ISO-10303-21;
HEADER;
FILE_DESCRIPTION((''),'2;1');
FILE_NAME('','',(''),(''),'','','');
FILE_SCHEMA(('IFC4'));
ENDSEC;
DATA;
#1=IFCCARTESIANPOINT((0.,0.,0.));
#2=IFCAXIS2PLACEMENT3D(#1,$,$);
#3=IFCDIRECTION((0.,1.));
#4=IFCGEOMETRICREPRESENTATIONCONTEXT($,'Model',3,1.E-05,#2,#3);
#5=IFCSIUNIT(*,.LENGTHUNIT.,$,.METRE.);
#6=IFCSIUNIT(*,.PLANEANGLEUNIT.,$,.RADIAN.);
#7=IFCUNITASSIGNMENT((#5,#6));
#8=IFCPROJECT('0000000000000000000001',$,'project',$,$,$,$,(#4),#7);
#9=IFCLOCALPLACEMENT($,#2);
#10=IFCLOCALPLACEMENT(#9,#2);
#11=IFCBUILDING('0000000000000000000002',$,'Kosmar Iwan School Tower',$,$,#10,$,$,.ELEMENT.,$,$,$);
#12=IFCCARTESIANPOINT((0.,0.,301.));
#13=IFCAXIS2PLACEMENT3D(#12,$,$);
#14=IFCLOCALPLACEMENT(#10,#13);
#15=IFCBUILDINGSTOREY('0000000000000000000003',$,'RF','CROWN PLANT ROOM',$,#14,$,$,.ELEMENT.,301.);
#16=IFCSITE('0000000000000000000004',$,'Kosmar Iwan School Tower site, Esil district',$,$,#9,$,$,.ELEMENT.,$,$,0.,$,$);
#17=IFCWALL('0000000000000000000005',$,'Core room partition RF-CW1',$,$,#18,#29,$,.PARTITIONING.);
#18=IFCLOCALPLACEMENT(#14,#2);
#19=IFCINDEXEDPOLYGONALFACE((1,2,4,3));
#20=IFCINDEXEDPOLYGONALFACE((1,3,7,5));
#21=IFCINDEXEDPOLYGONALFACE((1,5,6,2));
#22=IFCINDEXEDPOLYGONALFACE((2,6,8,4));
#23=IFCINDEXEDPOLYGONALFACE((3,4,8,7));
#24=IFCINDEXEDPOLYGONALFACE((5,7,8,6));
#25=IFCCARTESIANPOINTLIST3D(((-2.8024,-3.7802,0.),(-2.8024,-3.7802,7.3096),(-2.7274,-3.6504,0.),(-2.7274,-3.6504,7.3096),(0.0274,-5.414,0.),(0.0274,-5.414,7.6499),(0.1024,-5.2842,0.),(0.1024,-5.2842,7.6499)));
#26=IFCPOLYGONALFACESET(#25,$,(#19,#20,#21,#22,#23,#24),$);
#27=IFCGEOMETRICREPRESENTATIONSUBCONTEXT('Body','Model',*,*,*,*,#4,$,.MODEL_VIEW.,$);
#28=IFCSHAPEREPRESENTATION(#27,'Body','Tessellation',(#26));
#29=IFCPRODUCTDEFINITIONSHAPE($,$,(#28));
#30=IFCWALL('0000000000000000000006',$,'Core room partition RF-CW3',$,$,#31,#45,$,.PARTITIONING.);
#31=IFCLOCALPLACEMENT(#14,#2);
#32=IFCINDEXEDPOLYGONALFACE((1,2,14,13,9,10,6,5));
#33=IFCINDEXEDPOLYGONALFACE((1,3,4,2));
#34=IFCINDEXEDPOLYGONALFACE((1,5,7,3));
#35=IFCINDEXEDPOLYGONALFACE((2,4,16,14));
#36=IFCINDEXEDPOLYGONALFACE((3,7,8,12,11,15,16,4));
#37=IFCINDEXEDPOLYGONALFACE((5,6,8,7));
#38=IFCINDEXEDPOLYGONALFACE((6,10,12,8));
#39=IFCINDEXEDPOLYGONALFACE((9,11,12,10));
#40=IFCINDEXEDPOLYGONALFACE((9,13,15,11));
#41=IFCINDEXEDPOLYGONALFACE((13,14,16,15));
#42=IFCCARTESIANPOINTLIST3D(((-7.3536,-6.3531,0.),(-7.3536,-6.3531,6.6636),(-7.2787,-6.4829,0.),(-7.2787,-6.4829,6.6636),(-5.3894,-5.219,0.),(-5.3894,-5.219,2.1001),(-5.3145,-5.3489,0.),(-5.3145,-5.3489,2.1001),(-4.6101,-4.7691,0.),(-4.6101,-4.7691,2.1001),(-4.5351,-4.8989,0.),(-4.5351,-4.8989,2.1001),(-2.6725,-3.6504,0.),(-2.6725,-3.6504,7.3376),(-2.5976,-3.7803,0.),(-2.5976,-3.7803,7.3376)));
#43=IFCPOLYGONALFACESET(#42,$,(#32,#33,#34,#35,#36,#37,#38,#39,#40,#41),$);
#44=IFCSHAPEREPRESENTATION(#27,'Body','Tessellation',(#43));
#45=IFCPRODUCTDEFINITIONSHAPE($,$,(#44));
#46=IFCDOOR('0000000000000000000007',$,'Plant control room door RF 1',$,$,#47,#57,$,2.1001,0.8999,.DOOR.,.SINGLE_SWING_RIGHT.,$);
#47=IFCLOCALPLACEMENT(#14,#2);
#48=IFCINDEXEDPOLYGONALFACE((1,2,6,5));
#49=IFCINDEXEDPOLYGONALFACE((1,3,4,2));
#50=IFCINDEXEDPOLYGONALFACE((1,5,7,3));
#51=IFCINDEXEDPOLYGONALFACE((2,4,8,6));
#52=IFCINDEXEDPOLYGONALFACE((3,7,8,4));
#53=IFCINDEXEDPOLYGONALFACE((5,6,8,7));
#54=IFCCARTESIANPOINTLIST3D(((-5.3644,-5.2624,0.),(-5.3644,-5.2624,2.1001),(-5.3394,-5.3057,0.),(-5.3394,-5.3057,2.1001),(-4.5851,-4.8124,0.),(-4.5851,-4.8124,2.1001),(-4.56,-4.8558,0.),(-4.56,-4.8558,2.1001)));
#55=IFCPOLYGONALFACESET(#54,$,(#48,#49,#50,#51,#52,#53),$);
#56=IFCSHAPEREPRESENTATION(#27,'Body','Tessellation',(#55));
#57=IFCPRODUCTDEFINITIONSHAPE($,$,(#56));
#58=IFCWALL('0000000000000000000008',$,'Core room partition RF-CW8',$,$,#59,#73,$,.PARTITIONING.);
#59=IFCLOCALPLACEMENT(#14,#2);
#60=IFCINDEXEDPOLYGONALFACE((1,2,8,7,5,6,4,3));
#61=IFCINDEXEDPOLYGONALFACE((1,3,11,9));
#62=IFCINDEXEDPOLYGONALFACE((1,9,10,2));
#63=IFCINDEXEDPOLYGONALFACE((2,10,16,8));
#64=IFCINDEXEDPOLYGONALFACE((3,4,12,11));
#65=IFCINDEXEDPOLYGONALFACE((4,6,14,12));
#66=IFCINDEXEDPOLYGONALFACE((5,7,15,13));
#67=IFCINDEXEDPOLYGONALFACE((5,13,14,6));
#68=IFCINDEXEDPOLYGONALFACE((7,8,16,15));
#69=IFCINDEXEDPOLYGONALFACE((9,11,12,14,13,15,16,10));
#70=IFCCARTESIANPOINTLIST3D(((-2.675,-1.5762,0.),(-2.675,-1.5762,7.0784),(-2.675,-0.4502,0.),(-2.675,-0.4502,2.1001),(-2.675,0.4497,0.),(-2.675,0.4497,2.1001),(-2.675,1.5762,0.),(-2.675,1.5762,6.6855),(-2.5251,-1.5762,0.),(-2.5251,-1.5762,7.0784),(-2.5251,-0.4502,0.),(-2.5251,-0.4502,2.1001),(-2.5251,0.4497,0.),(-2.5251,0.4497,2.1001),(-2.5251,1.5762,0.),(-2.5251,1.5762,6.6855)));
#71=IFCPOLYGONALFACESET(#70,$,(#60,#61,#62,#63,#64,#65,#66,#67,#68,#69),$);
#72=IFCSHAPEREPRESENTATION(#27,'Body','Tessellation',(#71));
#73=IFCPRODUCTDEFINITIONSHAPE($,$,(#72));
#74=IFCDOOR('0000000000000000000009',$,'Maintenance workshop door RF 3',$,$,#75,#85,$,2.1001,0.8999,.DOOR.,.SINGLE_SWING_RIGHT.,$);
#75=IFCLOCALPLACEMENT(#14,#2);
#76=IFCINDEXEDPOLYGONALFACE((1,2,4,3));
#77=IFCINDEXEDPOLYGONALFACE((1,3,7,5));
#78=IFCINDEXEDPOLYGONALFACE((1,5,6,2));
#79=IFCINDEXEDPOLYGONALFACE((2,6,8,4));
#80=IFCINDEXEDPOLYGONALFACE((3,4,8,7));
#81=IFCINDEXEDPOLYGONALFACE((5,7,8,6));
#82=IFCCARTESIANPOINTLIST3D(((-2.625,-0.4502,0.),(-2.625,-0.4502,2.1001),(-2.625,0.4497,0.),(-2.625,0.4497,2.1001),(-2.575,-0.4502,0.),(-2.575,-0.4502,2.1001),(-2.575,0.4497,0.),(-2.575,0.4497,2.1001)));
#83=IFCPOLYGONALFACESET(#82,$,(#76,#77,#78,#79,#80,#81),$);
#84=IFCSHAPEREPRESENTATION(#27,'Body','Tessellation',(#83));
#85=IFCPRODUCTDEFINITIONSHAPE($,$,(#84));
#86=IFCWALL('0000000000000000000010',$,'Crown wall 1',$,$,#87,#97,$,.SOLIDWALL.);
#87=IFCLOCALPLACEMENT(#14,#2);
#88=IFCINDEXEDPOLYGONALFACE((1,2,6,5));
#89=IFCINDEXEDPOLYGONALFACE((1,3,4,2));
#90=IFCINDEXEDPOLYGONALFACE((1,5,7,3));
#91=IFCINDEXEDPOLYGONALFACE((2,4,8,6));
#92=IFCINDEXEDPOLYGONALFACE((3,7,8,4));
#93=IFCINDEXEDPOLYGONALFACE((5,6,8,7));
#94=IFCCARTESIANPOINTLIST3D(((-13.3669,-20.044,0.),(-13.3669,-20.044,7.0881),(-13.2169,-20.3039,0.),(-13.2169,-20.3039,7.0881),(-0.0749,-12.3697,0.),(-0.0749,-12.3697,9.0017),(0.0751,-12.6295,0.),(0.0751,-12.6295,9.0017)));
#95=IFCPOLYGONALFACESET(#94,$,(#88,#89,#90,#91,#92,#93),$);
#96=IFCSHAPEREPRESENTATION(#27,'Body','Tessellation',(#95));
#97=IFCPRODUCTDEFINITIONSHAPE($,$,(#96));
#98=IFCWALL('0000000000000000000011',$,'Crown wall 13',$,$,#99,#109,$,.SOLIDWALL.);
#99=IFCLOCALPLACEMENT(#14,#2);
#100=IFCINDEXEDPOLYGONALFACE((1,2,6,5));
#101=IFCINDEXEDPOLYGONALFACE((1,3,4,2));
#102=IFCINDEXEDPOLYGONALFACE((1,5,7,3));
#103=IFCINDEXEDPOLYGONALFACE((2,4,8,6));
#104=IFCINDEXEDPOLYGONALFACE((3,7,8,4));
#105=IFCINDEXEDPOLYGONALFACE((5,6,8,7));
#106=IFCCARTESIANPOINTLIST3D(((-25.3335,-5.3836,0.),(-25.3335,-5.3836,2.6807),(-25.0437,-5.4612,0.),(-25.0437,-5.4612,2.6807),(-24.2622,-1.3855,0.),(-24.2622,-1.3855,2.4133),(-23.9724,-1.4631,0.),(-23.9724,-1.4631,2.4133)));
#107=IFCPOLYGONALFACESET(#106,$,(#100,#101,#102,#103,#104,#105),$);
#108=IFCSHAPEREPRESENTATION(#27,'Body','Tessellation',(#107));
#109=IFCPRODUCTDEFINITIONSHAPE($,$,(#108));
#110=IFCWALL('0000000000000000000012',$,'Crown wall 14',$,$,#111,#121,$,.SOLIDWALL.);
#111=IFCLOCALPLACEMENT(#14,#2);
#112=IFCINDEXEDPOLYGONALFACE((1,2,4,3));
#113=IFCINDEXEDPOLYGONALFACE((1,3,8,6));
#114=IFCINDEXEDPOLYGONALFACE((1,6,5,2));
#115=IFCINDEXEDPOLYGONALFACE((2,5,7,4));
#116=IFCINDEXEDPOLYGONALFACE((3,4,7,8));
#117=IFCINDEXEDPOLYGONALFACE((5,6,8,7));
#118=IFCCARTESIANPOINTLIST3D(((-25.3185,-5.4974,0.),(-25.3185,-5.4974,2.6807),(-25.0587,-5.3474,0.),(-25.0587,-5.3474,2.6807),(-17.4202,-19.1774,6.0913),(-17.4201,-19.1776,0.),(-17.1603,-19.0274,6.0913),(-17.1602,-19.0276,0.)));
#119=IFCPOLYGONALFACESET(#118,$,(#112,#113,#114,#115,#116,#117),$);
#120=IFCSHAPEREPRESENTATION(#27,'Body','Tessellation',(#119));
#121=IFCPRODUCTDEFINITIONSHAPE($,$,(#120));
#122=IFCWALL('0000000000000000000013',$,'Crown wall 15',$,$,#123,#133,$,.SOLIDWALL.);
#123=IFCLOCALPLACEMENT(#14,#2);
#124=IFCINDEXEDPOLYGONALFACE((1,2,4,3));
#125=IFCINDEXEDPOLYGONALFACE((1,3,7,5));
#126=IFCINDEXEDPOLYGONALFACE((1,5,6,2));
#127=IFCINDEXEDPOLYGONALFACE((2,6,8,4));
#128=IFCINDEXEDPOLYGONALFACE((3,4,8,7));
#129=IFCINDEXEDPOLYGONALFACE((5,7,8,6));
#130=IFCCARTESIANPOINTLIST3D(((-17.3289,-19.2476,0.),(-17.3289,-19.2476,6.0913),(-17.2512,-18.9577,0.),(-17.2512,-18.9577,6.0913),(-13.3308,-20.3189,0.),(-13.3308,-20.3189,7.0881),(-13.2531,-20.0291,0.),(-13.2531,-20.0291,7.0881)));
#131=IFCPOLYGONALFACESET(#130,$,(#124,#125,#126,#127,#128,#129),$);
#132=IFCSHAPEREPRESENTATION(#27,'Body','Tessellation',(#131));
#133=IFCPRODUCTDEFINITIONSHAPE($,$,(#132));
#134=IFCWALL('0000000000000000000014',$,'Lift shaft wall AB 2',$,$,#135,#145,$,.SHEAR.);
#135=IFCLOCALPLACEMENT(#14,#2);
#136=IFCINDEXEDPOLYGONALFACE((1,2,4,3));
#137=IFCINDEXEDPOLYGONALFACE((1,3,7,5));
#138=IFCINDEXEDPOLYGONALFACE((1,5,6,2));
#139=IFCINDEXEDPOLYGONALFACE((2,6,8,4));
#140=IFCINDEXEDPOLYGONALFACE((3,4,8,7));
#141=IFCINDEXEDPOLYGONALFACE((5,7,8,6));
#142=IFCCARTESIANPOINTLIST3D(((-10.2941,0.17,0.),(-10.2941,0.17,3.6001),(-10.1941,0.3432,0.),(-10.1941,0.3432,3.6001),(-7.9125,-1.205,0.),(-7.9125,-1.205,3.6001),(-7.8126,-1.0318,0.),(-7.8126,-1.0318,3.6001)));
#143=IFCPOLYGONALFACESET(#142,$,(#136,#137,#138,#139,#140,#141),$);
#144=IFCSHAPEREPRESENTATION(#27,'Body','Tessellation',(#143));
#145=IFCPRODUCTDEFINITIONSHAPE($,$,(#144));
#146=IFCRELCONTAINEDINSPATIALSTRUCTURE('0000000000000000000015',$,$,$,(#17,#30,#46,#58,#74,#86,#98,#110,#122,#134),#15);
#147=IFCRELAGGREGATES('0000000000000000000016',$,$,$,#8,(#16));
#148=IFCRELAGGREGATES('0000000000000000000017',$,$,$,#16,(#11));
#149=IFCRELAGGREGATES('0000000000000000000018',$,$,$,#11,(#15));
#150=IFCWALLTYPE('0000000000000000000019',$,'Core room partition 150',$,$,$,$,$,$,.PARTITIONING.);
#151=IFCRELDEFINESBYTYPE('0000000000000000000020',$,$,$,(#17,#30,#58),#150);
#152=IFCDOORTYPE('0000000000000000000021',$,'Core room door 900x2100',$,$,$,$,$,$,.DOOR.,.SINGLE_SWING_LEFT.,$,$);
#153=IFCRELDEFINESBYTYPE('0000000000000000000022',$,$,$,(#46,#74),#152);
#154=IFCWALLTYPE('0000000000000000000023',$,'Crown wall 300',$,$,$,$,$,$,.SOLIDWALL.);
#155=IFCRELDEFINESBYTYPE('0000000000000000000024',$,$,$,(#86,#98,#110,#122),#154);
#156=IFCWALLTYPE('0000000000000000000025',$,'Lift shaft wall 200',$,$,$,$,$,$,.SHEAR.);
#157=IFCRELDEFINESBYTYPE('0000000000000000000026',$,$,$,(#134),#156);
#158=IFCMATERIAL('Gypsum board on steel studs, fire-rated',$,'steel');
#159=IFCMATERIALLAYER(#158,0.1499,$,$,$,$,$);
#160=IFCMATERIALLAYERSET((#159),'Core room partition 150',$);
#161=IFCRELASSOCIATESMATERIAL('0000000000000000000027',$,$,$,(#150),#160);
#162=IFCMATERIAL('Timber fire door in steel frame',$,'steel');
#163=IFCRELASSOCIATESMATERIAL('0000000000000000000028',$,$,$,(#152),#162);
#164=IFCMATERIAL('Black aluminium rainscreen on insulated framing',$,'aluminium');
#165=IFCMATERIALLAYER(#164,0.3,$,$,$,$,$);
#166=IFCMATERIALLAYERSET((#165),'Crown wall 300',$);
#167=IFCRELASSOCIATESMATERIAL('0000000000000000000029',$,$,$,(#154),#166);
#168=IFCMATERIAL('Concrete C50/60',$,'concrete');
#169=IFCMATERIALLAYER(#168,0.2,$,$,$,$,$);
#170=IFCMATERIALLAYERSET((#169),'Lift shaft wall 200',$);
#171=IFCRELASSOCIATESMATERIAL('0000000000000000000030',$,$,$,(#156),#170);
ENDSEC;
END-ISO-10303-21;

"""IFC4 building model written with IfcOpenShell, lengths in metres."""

from ifc_helpers import new_model, si_unit, direction, frame, frame_2d, origin, place, context, subcontext, project, spatial, polyline, rectangle, outline, extrude, material, layer, layer_set, type_object, element, fill, save


model = new_model("IFC4")

# Units and contexts
model_context = context("Model", 3, precision=1e-05, world=origin(), true_north=direction((0.0, 1.0)))
body_context = subcontext(model_context, "Body", "Model", "MODEL_VIEW")
ifc_project = project(units=[si_unit("LENGTHUNIT", "METRE"), si_unit("PLANEANGLEUNIT", "RADIAN")], contexts=[model_context])

# Site, building, storey
site_placement = place(None, origin())
site = spatial("IfcSite", under=ifc_project, at=site_placement, Name="Kosmar Iwan School Tower site, Esil district", CompositionType="ELEMENT", RefElevation=0.0)
building_placement = place(site_placement, origin())
building = spatial("IfcBuilding", under=site, at=building_placement, Name="Kosmar Iwan School Tower", CompositionType="ELEMENT")
storey_placement = place(building_placement, frame((0.0, 0.0, 301.0)))
storey = spatial("IfcBuildingStorey", under=building, at=storey_placement, Name="RF", Description="CROWN PLANT ROOM", CompositionType="ELEMENT", Elevation=301.0)

# Shared definitions
ifc_material_1 = material(Name="Gypsum board on steel studs, fire-rated", Category="steel")
ifc_layer_1 = layer(ifc_material_1, 0.1499)
ifc_layer_set_1 = layer_set([ifc_layer_1], Name="Core room partition 150")
wall_type_1 = type_object("IfcWallType", Name="Core room partition 150", PredefinedType="PARTITIONING", material=ifc_layer_set_1)

# Wall
wall_1_placement = place(storey_placement, frame((-2.7649, -3.7153, 0.0), z_axis=(0.0, 0.0, 1.0), x_axis=(0.866028, -0.499996, 0.0)))
element("IfcWall", 1, at=wall_1_placement, inside=storey, type_object=wall_type_1, Name="Core room partition RF-CW1", PredefinedType="PARTITIONING", context=body_context, shape_type="SweptSolid", body=[
    extrude(outline(polyline([(0.0, 0.0), (3.2676, 0.0), (3.2676, 7.6499), (0.0, 7.3096), (0.0, 0.0)])), frame((0.0, 0.075, 0.0), z_axis=(0.0, -1.0, 0.0), x_axis=(1.0, 0.0, 0.0)), (0.0, 0.0, 1.0), 0.1499),
])

# Walls, openings, doors
wall_2_placement = place(storey_placement, frame((-7.3162, -6.418, 0.0), z_axis=(0.0, 0.0, 1.0), x_axis=(0.866028, 0.499996, 0.0)))
wall_2 = element("IfcWall", 2, at=wall_2_placement, inside=storey, type_object=wall_type_1, Name="Core room partition RF-CW3", PredefinedType="PARTITIONING", context=body_context, shape_type="SweptSolid", body=[
    extrude(outline(polyline([(0.0, 0.0), (5.4053, 0.0), (5.4053, 7.3376), (0.0, 6.6636), (0.0, 0.0)])), frame((0.0, 0.075, 0.0), z_axis=(0.0, -1.0, 0.0), x_axis=(1.0, 0.0, 0.0)), (0.0, 0.0, 1.0), 0.1499),
])
opening_1_placement = place(wall_2_placement, frame((2.2681, 0.0, 0.0)))
opening_1 = element("IfcOpeningElement", 3, at=opening_1_placement, cuts=wall_2, PredefinedType="OPENING", context=body_context, shape_type="SweptSolid", body=[
    extrude(rectangle(XDim=0.8999, YDim=2.1001, at=frame_2d((0.45, 1.05))), frame((0.0, 0.0869, 0.0), z_axis=(0.0, -1.0, 0.0), x_axis=(1.0, 0.0, 0.0)), (0.0, 0.0, 1.0), 0.1738),
])
ifc_material_2 = material(Name="Timber fire door in steel frame", Category="steel")
door_type_1 = type_object("IfcDoorType", Name="Core room door 900x2100", OperationType="SINGLE_SWING_LEFT", PredefinedType="DOOR", material=ifc_material_2)
door_1_placement = place(opening_1_placement, origin())
door_1 = element("IfcDoor", 4, at=door_1_placement, inside=storey, type_object=door_type_1, Name="Plant control room door RF 1", OperationType="SINGLE_SWING_RIGHT", OverallHeight=2.1001, OverallWidth=0.8999, PredefinedType="DOOR", context=body_context, shape_type="SweptSolid", body=[
    extrude(rectangle(XDim=0.8999, YDim=2.1001, at=frame_2d((0.45, 1.05))), frame((0.0, 0.0249, 0.0), z_axis=(0.0, -1.0, 0.0), x_axis=(1.0, 0.0, 0.0)), (0.0, 0.0, 1.0), 0.05),
])
fill(opening_1, door_1)
wall_3_placement = place(storey_placement, frame((-2.6001, -1.5762, 0.0), z_axis=(0.0, 0.0, 1.0), x_axis=(0.0, 1.0, 0.0)))
wall_3 = element("IfcWall", 5, at=wall_3_placement, inside=storey, type_object=wall_type_1, Name="Core room partition RF-CW8", PredefinedType="PARTITIONING", context=body_context, shape_type="SweptSolid", body=[
    extrude(outline(polyline([(0.0, 0.0), (3.1523, 0.0), (3.1523, 6.6855), (0.0, 7.0784), (0.0, 0.0)])), frame((0.0, 0.075, 0.0), z_axis=(0.0, -1.0, 0.0), x_axis=(1.0, 0.0, 0.0)), (0.0, 0.0, 1.0), 0.1499),
])
opening_2_placement = place(wall_3_placement, frame((1.126, 0.0, 0.0)))
opening_2 = element("IfcOpeningElement", 6, at=opening_2_placement, cuts=wall_3, PredefinedType="OPENING", context=body_context, shape_type="SweptSolid", body=[
    extrude(rectangle(XDim=0.8999, YDim=2.1001, at=frame_2d((0.45, 1.05))), frame((0.0, 0.0869, 0.0), z_axis=(0.0, -1.0, 0.0), x_axis=(1.0, 0.0, 0.0)), (0.0, 0.0, 1.0), 0.1738),
])
door_2_placement = place(opening_2_placement, origin())
door_2 = element("IfcDoor", 7, at=door_2_placement, inside=storey, type_object=door_type_1, Name="Maintenance workshop door RF 3", OperationType="SINGLE_SWING_RIGHT", OverallHeight=2.1001, OverallWidth=0.8999, PredefinedType="DOOR", context=body_context, shape_type="SweptSolid", body=[
    extrude(rectangle(XDim=0.8999, YDim=2.1001, at=frame_2d((0.45, 1.05))), frame((0.0, 0.0249, 0.0), z_axis=(0.0, -1.0, 0.0), x_axis=(1.0, 0.0, 0.0)), (0.0, 0.0, 1.0), 0.05),
])
fill(opening_2, door_2)

# Walls
ifc_material_3 = material(Name="Black aluminium rainscreen on insulated framing", Category="aluminium")
ifc_layer_2 = layer(ifc_material_3, 0.3)
ifc_layer_set_2 = layer_set([ifc_layer_2], Name="Crown wall 300")
wall_type_2 = type_object("IfcWallType", Name="Crown wall 300", PredefinedType="SOLIDWALL", material=ifc_layer_set_2)
wall_4_placement = place(storey_placement, frame((-13.292, -20.1738, 0.0), z_axis=(0.0, 0.0, 1.0), x_axis=(0.86602, 0.500009, 0.0)))
element("IfcWall", 8, at=wall_4_placement, inside=storey, type_object=wall_type_2, Name="Crown wall 1", PredefinedType="SOLIDWALL", context=body_context, shape_type="SweptSolid", body=[
    extrude(outline(polyline([(0.0, 0.0), (15.3484, 0.0), (15.3484, 9.0017), (0.0, 7.0881), (0.0, 0.0)])), frame((0.0, 0.1499, 0.0), z_axis=(0.0, -1.0, 0.0), x_axis=(1.0, 0.0, 0.0)), (0.0, 0.0, 1.0), 0.3),
])
wall_5_placement = place(storey_placement, frame((-24.1172, -1.4243, 0.0), z_axis=(0.0, 0.0, 1.0), x_axis=(-0.258823, -0.965925, 0.0)))
element("IfcWall", 9, at=wall_5_placement, inside=storey, type_object=wall_type_2, Name="Crown wall 13", PredefinedType="SOLIDWALL", context=body_context, shape_type="SweptSolid", body=[
    extrude(outline(polyline([(0.0, 0.0), (4.1392, 0.0), (4.1392, 2.6807), (0.0, 2.4133), (0.0, 0.0)])), frame((0.0, 0.1499, 0.0), z_axis=(0.0, -1.0, 0.0), x_axis=(1.0, 0.0, 0.0)), (0.0, 0.0, 1.0), 0.3),
])
wall_6_placement = place(storey_placement, frame((-25.1885, -5.4224, 0.0), z_axis=(0.0, 0.0, 1.0), x_axis=(0.500009, -0.86602, 0.0)))
element("IfcWall", 10, at=wall_6_placement, inside=storey, type_object=wall_type_2, Name="Crown wall 14", PredefinedType="SOLIDWALL", context=body_context, shape_type="SweptSolid", body=[
    extrude(outline(polyline([(0.0, 0.0), (15.7966, 0.0), (15.7964, 6.0913), (0.0, 2.6807), (0.0, 0.0)])), frame((0.0, 0.1499, 0.0), z_axis=(0.0, -1.0, 0.0), x_axis=(1.0, 0.0, 0.0)), (0.0, 0.0, 1.0), 0.3),
])
wall_7_placement = place(storey_placement, frame((-17.29, -19.1025, 0.0), z_axis=(0.0, 0.0, 1.0), x_axis=(0.965925, -0.258823, 0.0)))
element("IfcWall", 11, at=wall_7_placement, inside=storey, type_object=wall_type_2, Name="Crown wall 15", PredefinedType="SOLIDWALL", context=body_context, shape_type="SweptSolid", body=[
    extrude(outline(polyline([(0.0, 0.0), (4.1392, 0.0), (4.1392, 7.0881), (0.0, 6.0913), (0.0, 0.0)])), frame((0.0, 0.1499, 0.0), z_axis=(0.0, -1.0, 0.0), x_axis=(1.0, 0.0, 0.0)), (0.0, 0.0, 1.0), 0.3),
])
ifc_material_4 = material(Name="Concrete C50/60", Category="concrete")
ifc_layer_3 = layer(ifc_material_4, 0.2)
ifc_layer_set_3 = layer_set([ifc_layer_3], Name="Lift shaft wall 200")
wall_type_3 = type_object("IfcWallType", Name="Lift shaft wall 200", PredefinedType="SHEAR", material=ifc_layer_set_3)
wall_8_placement = place(storey_placement, frame((-7.8625, -1.1184, 0.0), z_axis=(0.0, 0.0, 1.0), x_axis=(-0.866027, 0.499997, 0.0)))
element("IfcWall", 12, at=wall_8_placement, inside=storey, type_object=wall_type_3, Name="Lift shaft wall AB 2", PredefinedType="SHEAR", context=body_context, shape_type="SweptSolid", body=[
    extrude(rectangle(XDim=2.75, YDim=0.2, at=frame_2d((1.375, 0.0))), origin(), (0.0, 0.0, 1.0), 3.6001),
])

save(model, "model.ifc")
